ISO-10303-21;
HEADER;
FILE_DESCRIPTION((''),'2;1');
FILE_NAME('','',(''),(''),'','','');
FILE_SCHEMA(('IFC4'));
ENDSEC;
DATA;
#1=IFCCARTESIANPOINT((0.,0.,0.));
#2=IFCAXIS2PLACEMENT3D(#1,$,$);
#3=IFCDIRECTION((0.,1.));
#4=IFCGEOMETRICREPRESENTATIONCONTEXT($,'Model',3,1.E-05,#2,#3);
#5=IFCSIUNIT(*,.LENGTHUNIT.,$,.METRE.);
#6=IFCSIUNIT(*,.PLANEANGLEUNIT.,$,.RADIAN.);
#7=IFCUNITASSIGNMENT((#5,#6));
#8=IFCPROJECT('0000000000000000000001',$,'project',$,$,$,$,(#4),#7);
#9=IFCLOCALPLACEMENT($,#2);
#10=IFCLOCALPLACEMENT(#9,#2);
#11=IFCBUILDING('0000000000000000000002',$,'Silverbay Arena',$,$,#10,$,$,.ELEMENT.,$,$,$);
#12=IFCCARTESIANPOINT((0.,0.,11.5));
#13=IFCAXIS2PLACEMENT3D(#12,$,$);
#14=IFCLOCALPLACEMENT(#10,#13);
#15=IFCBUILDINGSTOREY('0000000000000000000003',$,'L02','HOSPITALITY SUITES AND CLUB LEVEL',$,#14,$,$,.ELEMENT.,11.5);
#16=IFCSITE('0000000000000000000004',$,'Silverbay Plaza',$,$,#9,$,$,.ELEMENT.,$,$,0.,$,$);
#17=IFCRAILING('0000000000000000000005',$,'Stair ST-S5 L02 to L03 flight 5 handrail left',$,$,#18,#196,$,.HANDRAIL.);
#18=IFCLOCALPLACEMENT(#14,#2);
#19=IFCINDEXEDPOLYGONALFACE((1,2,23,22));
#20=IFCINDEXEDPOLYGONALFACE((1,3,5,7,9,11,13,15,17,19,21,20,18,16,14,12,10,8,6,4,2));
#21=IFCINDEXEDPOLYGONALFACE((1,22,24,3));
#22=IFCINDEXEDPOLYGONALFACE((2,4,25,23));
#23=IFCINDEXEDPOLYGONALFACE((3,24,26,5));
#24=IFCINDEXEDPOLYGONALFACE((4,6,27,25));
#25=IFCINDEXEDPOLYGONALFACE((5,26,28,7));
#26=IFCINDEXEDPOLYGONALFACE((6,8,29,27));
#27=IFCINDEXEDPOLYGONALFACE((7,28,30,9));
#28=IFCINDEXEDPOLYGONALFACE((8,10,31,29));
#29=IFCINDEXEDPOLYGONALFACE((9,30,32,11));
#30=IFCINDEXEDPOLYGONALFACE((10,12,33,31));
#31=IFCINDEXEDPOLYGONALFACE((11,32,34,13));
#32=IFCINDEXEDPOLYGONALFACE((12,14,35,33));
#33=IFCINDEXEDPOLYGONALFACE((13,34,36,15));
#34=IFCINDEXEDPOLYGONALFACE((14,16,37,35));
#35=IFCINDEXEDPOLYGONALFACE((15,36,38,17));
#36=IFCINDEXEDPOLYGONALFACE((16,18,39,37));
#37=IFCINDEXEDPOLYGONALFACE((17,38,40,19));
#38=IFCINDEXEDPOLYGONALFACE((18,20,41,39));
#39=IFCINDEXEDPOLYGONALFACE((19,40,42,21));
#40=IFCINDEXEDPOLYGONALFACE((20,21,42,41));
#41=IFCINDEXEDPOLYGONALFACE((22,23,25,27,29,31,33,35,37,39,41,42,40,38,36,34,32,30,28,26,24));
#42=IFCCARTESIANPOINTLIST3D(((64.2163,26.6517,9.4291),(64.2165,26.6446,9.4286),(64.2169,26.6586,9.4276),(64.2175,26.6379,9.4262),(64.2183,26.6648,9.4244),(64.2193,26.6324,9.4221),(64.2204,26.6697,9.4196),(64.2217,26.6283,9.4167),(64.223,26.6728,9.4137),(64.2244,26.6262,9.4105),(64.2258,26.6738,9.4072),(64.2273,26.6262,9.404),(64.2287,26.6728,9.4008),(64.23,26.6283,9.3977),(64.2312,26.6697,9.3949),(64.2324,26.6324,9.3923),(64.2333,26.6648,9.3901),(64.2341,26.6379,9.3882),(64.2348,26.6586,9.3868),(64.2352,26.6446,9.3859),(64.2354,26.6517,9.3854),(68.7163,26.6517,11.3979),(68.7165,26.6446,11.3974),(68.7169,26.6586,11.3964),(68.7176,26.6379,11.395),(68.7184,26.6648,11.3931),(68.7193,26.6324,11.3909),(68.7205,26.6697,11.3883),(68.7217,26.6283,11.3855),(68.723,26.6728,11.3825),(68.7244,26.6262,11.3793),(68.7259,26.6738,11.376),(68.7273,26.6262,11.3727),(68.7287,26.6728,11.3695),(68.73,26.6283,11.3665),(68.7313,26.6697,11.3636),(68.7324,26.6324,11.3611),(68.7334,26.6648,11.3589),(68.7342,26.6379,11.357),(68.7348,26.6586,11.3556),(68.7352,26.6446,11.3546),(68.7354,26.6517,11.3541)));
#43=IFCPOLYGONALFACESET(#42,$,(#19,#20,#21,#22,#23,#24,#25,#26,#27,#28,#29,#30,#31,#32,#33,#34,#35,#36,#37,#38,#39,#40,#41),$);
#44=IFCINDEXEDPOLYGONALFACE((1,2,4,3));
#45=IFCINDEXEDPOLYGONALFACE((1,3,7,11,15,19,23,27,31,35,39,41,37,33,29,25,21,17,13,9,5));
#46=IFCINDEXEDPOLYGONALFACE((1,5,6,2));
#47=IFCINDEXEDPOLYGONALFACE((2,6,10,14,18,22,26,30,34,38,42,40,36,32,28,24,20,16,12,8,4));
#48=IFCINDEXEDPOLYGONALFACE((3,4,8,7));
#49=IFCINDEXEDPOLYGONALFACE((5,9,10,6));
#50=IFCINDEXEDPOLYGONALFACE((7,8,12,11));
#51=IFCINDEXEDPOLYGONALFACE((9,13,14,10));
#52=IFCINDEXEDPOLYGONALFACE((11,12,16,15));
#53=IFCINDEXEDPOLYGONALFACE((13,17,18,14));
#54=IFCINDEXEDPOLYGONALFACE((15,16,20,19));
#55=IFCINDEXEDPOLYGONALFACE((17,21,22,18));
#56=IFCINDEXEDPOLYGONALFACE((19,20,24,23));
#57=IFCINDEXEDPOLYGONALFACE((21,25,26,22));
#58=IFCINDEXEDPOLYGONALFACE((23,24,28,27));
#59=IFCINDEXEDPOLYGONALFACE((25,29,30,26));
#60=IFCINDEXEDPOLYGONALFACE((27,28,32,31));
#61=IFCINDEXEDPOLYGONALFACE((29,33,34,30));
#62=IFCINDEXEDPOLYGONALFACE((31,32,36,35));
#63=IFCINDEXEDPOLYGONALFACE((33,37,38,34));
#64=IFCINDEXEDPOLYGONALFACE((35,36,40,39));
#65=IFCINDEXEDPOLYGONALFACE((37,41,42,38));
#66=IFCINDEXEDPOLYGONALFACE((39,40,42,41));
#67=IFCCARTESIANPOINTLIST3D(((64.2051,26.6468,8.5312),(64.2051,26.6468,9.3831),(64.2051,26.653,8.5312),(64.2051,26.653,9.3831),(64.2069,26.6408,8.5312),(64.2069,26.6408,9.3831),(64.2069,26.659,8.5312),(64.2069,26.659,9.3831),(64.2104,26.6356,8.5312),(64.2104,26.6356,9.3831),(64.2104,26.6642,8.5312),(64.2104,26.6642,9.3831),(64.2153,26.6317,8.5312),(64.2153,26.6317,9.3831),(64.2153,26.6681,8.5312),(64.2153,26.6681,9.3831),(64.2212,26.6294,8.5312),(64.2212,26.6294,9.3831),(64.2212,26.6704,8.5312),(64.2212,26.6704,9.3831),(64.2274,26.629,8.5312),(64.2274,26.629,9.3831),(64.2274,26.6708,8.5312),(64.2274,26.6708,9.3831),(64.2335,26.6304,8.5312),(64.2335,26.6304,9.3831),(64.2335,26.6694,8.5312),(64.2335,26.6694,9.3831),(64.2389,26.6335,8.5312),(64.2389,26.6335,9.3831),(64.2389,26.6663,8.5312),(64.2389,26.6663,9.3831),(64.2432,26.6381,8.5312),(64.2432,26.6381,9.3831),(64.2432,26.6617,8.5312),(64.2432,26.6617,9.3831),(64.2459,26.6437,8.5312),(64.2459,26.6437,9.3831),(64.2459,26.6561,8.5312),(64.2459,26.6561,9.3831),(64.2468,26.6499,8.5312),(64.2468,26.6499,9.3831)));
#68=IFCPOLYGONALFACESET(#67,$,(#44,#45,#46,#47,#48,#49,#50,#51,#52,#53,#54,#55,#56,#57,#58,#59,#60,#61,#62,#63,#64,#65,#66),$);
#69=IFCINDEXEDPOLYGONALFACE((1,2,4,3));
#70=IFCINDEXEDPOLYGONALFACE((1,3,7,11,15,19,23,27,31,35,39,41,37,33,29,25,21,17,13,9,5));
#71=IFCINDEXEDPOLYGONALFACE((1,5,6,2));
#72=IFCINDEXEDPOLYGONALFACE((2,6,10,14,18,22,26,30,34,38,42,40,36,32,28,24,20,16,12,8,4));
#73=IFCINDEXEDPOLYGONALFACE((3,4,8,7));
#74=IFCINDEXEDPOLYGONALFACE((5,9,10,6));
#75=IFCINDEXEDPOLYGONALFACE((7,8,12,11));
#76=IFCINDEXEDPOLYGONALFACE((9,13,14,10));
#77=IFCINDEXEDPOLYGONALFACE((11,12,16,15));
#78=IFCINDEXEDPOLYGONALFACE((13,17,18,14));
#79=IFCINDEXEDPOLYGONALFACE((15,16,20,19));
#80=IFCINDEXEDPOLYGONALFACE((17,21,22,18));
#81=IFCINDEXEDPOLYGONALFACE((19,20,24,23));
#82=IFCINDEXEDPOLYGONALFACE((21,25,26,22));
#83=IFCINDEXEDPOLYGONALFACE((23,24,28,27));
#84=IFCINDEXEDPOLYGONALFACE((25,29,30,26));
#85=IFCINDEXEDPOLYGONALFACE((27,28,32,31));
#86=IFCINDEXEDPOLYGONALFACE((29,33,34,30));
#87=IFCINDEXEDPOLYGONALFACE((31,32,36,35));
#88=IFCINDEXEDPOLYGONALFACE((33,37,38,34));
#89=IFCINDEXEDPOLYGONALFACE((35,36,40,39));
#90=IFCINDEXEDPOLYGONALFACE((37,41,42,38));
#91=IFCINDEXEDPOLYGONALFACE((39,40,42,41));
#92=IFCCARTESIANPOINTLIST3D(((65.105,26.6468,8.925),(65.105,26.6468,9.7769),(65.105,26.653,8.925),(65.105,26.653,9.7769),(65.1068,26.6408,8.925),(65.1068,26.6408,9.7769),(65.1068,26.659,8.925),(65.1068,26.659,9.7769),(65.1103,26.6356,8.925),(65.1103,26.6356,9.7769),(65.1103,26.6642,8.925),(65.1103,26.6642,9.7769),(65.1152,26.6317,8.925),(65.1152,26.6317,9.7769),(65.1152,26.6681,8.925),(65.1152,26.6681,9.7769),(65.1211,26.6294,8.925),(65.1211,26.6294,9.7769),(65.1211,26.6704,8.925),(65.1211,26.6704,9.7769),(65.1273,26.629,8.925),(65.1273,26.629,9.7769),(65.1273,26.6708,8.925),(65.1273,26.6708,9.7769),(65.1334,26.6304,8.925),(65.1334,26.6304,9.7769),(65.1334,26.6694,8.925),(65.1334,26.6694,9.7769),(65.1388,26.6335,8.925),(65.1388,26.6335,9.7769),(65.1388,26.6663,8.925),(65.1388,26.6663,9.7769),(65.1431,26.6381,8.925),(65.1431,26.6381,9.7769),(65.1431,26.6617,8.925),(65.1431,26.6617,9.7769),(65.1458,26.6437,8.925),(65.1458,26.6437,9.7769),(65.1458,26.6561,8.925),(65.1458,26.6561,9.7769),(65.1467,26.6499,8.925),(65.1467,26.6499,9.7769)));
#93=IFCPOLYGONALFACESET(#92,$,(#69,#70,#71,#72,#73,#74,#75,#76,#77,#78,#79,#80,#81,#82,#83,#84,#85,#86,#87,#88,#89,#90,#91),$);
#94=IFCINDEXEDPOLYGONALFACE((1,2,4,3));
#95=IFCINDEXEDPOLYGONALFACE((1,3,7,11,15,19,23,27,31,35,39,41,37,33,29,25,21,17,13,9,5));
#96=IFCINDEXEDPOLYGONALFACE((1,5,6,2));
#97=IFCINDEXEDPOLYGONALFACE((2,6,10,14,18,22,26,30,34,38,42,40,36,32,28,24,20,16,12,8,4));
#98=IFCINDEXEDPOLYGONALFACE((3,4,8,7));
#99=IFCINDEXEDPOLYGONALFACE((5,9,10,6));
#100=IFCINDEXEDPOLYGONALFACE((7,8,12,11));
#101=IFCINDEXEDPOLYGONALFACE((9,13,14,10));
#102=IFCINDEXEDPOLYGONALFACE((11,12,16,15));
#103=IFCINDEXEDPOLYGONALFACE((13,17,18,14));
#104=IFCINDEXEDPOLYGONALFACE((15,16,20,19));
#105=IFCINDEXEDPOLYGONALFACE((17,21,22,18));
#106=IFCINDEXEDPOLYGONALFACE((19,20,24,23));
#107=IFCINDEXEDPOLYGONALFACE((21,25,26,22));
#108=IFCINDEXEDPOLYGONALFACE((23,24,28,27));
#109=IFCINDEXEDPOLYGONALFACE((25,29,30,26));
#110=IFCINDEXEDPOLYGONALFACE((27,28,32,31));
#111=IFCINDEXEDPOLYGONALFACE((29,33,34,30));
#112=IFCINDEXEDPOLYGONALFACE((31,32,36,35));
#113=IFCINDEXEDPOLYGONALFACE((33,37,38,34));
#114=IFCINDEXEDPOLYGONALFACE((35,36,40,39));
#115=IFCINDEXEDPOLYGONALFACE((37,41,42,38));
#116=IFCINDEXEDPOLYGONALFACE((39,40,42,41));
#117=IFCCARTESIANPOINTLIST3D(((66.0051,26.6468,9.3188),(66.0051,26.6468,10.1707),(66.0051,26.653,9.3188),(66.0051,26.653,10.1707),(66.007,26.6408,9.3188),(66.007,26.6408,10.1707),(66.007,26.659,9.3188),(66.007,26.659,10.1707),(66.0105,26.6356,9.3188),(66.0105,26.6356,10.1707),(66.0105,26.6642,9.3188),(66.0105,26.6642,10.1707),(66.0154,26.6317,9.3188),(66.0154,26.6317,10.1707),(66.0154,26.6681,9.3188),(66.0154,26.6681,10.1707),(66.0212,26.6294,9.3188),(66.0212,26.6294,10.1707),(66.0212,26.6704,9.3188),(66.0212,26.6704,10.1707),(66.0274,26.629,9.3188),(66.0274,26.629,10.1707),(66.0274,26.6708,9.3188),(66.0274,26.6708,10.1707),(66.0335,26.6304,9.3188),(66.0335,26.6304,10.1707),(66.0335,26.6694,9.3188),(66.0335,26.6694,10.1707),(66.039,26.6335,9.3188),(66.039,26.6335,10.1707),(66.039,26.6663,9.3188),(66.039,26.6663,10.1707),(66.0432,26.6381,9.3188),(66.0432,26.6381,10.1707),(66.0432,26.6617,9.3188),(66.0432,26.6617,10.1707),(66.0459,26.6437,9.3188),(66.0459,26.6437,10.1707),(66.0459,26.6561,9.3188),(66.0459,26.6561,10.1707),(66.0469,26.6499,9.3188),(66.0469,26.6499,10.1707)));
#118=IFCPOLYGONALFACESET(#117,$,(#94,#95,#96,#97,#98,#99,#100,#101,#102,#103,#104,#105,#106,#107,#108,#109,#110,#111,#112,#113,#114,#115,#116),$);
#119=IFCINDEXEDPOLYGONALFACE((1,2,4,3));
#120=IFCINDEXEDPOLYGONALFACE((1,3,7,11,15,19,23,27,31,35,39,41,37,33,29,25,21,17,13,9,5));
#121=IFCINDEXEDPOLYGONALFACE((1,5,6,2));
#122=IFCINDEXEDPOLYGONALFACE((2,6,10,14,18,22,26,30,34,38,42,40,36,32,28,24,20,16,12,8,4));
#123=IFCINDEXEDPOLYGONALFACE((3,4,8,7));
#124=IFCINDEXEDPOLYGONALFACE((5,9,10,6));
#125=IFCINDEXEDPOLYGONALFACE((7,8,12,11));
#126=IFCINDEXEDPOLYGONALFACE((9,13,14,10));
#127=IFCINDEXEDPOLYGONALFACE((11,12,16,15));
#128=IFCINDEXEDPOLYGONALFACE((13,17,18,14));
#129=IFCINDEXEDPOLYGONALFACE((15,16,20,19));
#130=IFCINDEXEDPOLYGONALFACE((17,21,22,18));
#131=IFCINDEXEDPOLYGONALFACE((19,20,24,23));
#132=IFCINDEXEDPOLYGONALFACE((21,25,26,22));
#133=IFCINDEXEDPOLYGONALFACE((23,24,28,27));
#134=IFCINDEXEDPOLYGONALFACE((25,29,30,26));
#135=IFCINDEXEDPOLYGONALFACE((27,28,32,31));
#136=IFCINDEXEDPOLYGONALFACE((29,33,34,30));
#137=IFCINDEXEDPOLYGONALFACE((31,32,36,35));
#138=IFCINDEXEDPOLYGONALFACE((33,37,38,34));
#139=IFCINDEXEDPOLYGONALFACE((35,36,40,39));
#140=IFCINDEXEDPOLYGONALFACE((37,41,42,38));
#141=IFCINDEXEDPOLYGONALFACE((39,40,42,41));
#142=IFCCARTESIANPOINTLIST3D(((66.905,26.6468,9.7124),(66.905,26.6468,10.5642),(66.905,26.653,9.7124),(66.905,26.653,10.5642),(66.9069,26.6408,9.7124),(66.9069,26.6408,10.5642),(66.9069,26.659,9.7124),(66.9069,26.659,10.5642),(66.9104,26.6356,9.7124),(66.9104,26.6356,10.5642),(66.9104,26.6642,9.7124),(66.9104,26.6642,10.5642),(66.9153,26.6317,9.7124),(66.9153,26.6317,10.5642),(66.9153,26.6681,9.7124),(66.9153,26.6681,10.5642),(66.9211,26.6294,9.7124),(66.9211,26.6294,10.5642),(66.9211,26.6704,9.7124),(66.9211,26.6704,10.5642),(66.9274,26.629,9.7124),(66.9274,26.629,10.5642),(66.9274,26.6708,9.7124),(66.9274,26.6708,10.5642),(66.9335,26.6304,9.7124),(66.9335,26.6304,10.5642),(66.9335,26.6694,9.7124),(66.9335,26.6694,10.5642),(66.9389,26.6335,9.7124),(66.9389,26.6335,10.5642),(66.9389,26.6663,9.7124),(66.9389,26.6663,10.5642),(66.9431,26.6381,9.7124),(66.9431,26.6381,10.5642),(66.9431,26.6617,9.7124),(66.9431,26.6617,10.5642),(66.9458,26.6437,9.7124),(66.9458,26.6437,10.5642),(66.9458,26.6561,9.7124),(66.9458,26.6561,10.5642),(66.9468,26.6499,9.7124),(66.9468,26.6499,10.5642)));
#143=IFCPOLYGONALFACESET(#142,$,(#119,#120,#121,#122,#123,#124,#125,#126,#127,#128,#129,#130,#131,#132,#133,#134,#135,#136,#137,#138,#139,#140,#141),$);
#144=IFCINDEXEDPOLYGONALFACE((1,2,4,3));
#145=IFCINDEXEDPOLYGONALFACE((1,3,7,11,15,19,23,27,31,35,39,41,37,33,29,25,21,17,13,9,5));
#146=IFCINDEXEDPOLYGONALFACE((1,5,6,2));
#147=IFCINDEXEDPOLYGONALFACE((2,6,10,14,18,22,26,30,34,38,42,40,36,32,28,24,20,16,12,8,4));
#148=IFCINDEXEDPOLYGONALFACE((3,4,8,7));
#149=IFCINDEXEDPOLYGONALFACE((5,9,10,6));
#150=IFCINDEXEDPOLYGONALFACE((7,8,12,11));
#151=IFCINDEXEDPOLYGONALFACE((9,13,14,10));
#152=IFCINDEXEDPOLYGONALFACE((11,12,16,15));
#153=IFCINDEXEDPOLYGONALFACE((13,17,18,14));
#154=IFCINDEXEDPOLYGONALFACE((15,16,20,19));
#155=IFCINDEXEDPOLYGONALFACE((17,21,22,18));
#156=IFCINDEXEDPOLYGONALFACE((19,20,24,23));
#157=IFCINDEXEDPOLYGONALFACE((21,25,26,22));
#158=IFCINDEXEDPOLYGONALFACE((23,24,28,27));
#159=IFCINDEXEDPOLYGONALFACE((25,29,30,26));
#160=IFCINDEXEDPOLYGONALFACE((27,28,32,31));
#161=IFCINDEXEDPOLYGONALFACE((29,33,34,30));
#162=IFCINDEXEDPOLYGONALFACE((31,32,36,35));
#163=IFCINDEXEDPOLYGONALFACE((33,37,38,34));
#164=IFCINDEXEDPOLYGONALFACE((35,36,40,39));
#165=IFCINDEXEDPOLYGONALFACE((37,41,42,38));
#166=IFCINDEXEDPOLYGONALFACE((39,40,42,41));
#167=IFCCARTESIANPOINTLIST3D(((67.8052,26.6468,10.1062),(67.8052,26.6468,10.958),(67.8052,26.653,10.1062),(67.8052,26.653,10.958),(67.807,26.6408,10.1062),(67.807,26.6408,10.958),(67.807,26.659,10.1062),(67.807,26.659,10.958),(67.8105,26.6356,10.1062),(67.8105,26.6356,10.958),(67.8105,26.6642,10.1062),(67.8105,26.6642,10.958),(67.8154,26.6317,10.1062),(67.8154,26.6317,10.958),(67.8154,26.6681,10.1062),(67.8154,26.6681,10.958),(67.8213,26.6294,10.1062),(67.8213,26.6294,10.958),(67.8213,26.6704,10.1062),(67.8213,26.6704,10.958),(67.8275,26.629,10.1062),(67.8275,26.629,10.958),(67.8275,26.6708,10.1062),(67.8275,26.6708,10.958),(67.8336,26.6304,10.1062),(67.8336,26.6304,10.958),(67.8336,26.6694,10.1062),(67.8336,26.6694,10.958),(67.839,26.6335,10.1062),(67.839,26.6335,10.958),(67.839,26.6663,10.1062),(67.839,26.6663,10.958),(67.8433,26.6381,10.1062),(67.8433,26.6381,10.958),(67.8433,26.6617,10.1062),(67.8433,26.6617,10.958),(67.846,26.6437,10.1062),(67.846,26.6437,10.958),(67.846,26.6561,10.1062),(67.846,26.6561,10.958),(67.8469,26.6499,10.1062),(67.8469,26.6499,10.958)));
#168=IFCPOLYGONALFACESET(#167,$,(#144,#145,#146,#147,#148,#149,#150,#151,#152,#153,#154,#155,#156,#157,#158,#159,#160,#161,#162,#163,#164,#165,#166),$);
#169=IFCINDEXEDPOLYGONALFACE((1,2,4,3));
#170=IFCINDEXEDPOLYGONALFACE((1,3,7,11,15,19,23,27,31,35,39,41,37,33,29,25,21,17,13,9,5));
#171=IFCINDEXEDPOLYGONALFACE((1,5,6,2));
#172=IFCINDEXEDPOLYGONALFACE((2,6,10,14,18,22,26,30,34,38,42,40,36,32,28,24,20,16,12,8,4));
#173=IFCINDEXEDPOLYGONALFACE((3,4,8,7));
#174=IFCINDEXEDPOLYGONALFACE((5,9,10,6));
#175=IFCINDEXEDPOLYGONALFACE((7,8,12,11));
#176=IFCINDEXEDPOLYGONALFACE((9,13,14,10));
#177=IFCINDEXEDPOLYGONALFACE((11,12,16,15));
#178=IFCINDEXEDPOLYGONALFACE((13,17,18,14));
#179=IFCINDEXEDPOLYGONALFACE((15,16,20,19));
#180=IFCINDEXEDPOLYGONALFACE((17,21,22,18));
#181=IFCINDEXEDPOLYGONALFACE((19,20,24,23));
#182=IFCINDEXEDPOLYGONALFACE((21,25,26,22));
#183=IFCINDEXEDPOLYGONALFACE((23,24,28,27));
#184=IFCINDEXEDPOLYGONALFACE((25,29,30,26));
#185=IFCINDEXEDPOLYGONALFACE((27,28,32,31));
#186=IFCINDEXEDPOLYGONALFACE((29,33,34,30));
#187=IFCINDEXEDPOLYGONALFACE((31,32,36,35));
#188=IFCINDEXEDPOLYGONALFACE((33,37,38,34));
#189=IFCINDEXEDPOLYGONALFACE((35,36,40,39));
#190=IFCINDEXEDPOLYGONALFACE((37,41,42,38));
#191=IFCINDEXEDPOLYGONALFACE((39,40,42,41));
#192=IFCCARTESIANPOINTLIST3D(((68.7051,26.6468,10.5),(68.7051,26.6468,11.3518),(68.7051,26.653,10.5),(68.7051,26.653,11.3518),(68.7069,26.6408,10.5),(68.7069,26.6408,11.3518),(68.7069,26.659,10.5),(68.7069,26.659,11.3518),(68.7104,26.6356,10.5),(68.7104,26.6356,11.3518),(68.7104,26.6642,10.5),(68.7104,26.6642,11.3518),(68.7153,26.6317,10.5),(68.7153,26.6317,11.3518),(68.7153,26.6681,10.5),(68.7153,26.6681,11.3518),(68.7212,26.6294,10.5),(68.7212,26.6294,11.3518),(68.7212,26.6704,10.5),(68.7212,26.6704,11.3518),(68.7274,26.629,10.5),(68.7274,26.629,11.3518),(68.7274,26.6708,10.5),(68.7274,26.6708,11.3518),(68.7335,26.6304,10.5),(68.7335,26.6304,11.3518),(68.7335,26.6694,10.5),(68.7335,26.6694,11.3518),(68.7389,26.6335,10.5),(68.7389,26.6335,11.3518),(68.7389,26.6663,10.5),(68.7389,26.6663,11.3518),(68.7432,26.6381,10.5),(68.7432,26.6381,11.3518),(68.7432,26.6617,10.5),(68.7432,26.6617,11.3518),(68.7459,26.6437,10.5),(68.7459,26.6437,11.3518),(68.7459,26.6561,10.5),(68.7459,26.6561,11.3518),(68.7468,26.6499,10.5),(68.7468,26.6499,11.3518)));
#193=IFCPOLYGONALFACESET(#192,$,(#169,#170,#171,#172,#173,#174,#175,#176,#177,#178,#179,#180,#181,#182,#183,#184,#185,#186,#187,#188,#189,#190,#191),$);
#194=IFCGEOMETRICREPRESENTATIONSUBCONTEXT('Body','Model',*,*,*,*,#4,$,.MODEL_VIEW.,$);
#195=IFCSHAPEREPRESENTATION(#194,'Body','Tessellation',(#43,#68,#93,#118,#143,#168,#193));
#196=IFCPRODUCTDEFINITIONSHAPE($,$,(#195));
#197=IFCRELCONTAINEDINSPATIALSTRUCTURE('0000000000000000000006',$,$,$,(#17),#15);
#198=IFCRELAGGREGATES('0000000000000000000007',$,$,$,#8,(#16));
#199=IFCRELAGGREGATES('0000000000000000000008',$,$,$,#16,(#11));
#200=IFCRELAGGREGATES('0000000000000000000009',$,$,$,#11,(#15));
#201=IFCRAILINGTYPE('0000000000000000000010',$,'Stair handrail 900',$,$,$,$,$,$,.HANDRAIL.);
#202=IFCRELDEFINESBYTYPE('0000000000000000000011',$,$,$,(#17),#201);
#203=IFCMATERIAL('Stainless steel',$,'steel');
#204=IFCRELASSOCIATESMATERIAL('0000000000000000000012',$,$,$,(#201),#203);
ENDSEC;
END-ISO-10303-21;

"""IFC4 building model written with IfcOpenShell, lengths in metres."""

from ifc_helpers import new_model, si_unit, direction, frame, origin, origin_2d, place, context, subcontext, project, spatial, circle, extrude, material, type_object, element, save


model = new_model("IFC4")

# Units and contexts
model_context = context("Model", 3, precision=1e-05, world=origin(), true_north=direction((0.0, 1.0)))
body_context = subcontext(model_context, "Body", "Model", "MODEL_VIEW")
ifc_project = project(units=[si_unit("LENGTHUNIT", "METRE"), si_unit("PLANEANGLEUNIT", "RADIAN")], contexts=[model_context])

# Site, building, storey
site_placement = place(None, origin())
site = spatial("IfcSite", under=ifc_project, at=site_placement, Name="Silverbay Plaza", CompositionType="ELEMENT", RefElevation=0.0)
building_placement = place(site_placement, origin())
building = spatial("IfcBuilding", under=site, at=building_placement, Name="Silverbay Arena", CompositionType="ELEMENT")
storey_placement = place(building_placement, frame((0.0, 0.0, 11.5)))
storey = spatial("IfcBuildingStorey", under=building, at=storey_placement, Name="L02", Description="HOSPITALITY SUITES AND CLUB LEVEL", CompositionType="ELEMENT", Elevation=11.5)

# Railing
ifc_material_1 = material(Name="Stainless steel", Category="steel")
railing_type_1 = type_object("IfcRailingType", Name="Stair handrail 900", PredefinedType="HANDRAIL", material=ifc_material_1)
for number, where, name in (
    (1, (64.2258, 26.6499, 8.5312), "Stair ST-S5 L02 to L03 flight 5 handrail left"),
):
    element("IfcRailing", number, at=place(storey_placement, frame(where)), inside=storey, type_object=railing_type_1, Name=name, PredefinedType="HANDRAIL", context=body_context, shape_type="SweptSolid", body=[
        extrude(circle(Radius=0.0239, at=origin_2d()), frame((0.0, 0.0, 0.876), z_axis=(0.916157, 0.0, 0.400819), x_axis=(0.0, 1.0, 0.0)), (0.0, 0.0, 1.0), 4.9119),
        extrude(circle(Radius=0.021, at=origin_2d()), origin(), (0.0, 0.0, 1.0), 0.8518),
        extrude(circle(Radius=0.021, at=origin_2d()), frame((0.8999, 0.0, 0.3938)), (0.0, 0.0, 1.0), 0.8518),
        extrude(circle(Radius=0.021, at=origin_2d()), frame((1.8, 0.0, 0.7876)), (0.0, 0.0, 1.0), 0.8518),
        extrude(circle(Radius=0.021, at=origin_2d()), frame((2.7, 0.0, 1.1812)), (0.0, 0.0, 1.0), 0.8518),
        extrude(circle(Radius=0.021, at=origin_2d()), frame((3.6001, 0.0, 1.575)), (0.0, 0.0, 1.0), 0.8518),
        extrude(circle(Radius=0.021, at=origin_2d()), frame((4.5, 0.0, 1.9688)), (0.0, 0.0, 1.0), 0.8518),
    ])

save(model, "model.ifc")
